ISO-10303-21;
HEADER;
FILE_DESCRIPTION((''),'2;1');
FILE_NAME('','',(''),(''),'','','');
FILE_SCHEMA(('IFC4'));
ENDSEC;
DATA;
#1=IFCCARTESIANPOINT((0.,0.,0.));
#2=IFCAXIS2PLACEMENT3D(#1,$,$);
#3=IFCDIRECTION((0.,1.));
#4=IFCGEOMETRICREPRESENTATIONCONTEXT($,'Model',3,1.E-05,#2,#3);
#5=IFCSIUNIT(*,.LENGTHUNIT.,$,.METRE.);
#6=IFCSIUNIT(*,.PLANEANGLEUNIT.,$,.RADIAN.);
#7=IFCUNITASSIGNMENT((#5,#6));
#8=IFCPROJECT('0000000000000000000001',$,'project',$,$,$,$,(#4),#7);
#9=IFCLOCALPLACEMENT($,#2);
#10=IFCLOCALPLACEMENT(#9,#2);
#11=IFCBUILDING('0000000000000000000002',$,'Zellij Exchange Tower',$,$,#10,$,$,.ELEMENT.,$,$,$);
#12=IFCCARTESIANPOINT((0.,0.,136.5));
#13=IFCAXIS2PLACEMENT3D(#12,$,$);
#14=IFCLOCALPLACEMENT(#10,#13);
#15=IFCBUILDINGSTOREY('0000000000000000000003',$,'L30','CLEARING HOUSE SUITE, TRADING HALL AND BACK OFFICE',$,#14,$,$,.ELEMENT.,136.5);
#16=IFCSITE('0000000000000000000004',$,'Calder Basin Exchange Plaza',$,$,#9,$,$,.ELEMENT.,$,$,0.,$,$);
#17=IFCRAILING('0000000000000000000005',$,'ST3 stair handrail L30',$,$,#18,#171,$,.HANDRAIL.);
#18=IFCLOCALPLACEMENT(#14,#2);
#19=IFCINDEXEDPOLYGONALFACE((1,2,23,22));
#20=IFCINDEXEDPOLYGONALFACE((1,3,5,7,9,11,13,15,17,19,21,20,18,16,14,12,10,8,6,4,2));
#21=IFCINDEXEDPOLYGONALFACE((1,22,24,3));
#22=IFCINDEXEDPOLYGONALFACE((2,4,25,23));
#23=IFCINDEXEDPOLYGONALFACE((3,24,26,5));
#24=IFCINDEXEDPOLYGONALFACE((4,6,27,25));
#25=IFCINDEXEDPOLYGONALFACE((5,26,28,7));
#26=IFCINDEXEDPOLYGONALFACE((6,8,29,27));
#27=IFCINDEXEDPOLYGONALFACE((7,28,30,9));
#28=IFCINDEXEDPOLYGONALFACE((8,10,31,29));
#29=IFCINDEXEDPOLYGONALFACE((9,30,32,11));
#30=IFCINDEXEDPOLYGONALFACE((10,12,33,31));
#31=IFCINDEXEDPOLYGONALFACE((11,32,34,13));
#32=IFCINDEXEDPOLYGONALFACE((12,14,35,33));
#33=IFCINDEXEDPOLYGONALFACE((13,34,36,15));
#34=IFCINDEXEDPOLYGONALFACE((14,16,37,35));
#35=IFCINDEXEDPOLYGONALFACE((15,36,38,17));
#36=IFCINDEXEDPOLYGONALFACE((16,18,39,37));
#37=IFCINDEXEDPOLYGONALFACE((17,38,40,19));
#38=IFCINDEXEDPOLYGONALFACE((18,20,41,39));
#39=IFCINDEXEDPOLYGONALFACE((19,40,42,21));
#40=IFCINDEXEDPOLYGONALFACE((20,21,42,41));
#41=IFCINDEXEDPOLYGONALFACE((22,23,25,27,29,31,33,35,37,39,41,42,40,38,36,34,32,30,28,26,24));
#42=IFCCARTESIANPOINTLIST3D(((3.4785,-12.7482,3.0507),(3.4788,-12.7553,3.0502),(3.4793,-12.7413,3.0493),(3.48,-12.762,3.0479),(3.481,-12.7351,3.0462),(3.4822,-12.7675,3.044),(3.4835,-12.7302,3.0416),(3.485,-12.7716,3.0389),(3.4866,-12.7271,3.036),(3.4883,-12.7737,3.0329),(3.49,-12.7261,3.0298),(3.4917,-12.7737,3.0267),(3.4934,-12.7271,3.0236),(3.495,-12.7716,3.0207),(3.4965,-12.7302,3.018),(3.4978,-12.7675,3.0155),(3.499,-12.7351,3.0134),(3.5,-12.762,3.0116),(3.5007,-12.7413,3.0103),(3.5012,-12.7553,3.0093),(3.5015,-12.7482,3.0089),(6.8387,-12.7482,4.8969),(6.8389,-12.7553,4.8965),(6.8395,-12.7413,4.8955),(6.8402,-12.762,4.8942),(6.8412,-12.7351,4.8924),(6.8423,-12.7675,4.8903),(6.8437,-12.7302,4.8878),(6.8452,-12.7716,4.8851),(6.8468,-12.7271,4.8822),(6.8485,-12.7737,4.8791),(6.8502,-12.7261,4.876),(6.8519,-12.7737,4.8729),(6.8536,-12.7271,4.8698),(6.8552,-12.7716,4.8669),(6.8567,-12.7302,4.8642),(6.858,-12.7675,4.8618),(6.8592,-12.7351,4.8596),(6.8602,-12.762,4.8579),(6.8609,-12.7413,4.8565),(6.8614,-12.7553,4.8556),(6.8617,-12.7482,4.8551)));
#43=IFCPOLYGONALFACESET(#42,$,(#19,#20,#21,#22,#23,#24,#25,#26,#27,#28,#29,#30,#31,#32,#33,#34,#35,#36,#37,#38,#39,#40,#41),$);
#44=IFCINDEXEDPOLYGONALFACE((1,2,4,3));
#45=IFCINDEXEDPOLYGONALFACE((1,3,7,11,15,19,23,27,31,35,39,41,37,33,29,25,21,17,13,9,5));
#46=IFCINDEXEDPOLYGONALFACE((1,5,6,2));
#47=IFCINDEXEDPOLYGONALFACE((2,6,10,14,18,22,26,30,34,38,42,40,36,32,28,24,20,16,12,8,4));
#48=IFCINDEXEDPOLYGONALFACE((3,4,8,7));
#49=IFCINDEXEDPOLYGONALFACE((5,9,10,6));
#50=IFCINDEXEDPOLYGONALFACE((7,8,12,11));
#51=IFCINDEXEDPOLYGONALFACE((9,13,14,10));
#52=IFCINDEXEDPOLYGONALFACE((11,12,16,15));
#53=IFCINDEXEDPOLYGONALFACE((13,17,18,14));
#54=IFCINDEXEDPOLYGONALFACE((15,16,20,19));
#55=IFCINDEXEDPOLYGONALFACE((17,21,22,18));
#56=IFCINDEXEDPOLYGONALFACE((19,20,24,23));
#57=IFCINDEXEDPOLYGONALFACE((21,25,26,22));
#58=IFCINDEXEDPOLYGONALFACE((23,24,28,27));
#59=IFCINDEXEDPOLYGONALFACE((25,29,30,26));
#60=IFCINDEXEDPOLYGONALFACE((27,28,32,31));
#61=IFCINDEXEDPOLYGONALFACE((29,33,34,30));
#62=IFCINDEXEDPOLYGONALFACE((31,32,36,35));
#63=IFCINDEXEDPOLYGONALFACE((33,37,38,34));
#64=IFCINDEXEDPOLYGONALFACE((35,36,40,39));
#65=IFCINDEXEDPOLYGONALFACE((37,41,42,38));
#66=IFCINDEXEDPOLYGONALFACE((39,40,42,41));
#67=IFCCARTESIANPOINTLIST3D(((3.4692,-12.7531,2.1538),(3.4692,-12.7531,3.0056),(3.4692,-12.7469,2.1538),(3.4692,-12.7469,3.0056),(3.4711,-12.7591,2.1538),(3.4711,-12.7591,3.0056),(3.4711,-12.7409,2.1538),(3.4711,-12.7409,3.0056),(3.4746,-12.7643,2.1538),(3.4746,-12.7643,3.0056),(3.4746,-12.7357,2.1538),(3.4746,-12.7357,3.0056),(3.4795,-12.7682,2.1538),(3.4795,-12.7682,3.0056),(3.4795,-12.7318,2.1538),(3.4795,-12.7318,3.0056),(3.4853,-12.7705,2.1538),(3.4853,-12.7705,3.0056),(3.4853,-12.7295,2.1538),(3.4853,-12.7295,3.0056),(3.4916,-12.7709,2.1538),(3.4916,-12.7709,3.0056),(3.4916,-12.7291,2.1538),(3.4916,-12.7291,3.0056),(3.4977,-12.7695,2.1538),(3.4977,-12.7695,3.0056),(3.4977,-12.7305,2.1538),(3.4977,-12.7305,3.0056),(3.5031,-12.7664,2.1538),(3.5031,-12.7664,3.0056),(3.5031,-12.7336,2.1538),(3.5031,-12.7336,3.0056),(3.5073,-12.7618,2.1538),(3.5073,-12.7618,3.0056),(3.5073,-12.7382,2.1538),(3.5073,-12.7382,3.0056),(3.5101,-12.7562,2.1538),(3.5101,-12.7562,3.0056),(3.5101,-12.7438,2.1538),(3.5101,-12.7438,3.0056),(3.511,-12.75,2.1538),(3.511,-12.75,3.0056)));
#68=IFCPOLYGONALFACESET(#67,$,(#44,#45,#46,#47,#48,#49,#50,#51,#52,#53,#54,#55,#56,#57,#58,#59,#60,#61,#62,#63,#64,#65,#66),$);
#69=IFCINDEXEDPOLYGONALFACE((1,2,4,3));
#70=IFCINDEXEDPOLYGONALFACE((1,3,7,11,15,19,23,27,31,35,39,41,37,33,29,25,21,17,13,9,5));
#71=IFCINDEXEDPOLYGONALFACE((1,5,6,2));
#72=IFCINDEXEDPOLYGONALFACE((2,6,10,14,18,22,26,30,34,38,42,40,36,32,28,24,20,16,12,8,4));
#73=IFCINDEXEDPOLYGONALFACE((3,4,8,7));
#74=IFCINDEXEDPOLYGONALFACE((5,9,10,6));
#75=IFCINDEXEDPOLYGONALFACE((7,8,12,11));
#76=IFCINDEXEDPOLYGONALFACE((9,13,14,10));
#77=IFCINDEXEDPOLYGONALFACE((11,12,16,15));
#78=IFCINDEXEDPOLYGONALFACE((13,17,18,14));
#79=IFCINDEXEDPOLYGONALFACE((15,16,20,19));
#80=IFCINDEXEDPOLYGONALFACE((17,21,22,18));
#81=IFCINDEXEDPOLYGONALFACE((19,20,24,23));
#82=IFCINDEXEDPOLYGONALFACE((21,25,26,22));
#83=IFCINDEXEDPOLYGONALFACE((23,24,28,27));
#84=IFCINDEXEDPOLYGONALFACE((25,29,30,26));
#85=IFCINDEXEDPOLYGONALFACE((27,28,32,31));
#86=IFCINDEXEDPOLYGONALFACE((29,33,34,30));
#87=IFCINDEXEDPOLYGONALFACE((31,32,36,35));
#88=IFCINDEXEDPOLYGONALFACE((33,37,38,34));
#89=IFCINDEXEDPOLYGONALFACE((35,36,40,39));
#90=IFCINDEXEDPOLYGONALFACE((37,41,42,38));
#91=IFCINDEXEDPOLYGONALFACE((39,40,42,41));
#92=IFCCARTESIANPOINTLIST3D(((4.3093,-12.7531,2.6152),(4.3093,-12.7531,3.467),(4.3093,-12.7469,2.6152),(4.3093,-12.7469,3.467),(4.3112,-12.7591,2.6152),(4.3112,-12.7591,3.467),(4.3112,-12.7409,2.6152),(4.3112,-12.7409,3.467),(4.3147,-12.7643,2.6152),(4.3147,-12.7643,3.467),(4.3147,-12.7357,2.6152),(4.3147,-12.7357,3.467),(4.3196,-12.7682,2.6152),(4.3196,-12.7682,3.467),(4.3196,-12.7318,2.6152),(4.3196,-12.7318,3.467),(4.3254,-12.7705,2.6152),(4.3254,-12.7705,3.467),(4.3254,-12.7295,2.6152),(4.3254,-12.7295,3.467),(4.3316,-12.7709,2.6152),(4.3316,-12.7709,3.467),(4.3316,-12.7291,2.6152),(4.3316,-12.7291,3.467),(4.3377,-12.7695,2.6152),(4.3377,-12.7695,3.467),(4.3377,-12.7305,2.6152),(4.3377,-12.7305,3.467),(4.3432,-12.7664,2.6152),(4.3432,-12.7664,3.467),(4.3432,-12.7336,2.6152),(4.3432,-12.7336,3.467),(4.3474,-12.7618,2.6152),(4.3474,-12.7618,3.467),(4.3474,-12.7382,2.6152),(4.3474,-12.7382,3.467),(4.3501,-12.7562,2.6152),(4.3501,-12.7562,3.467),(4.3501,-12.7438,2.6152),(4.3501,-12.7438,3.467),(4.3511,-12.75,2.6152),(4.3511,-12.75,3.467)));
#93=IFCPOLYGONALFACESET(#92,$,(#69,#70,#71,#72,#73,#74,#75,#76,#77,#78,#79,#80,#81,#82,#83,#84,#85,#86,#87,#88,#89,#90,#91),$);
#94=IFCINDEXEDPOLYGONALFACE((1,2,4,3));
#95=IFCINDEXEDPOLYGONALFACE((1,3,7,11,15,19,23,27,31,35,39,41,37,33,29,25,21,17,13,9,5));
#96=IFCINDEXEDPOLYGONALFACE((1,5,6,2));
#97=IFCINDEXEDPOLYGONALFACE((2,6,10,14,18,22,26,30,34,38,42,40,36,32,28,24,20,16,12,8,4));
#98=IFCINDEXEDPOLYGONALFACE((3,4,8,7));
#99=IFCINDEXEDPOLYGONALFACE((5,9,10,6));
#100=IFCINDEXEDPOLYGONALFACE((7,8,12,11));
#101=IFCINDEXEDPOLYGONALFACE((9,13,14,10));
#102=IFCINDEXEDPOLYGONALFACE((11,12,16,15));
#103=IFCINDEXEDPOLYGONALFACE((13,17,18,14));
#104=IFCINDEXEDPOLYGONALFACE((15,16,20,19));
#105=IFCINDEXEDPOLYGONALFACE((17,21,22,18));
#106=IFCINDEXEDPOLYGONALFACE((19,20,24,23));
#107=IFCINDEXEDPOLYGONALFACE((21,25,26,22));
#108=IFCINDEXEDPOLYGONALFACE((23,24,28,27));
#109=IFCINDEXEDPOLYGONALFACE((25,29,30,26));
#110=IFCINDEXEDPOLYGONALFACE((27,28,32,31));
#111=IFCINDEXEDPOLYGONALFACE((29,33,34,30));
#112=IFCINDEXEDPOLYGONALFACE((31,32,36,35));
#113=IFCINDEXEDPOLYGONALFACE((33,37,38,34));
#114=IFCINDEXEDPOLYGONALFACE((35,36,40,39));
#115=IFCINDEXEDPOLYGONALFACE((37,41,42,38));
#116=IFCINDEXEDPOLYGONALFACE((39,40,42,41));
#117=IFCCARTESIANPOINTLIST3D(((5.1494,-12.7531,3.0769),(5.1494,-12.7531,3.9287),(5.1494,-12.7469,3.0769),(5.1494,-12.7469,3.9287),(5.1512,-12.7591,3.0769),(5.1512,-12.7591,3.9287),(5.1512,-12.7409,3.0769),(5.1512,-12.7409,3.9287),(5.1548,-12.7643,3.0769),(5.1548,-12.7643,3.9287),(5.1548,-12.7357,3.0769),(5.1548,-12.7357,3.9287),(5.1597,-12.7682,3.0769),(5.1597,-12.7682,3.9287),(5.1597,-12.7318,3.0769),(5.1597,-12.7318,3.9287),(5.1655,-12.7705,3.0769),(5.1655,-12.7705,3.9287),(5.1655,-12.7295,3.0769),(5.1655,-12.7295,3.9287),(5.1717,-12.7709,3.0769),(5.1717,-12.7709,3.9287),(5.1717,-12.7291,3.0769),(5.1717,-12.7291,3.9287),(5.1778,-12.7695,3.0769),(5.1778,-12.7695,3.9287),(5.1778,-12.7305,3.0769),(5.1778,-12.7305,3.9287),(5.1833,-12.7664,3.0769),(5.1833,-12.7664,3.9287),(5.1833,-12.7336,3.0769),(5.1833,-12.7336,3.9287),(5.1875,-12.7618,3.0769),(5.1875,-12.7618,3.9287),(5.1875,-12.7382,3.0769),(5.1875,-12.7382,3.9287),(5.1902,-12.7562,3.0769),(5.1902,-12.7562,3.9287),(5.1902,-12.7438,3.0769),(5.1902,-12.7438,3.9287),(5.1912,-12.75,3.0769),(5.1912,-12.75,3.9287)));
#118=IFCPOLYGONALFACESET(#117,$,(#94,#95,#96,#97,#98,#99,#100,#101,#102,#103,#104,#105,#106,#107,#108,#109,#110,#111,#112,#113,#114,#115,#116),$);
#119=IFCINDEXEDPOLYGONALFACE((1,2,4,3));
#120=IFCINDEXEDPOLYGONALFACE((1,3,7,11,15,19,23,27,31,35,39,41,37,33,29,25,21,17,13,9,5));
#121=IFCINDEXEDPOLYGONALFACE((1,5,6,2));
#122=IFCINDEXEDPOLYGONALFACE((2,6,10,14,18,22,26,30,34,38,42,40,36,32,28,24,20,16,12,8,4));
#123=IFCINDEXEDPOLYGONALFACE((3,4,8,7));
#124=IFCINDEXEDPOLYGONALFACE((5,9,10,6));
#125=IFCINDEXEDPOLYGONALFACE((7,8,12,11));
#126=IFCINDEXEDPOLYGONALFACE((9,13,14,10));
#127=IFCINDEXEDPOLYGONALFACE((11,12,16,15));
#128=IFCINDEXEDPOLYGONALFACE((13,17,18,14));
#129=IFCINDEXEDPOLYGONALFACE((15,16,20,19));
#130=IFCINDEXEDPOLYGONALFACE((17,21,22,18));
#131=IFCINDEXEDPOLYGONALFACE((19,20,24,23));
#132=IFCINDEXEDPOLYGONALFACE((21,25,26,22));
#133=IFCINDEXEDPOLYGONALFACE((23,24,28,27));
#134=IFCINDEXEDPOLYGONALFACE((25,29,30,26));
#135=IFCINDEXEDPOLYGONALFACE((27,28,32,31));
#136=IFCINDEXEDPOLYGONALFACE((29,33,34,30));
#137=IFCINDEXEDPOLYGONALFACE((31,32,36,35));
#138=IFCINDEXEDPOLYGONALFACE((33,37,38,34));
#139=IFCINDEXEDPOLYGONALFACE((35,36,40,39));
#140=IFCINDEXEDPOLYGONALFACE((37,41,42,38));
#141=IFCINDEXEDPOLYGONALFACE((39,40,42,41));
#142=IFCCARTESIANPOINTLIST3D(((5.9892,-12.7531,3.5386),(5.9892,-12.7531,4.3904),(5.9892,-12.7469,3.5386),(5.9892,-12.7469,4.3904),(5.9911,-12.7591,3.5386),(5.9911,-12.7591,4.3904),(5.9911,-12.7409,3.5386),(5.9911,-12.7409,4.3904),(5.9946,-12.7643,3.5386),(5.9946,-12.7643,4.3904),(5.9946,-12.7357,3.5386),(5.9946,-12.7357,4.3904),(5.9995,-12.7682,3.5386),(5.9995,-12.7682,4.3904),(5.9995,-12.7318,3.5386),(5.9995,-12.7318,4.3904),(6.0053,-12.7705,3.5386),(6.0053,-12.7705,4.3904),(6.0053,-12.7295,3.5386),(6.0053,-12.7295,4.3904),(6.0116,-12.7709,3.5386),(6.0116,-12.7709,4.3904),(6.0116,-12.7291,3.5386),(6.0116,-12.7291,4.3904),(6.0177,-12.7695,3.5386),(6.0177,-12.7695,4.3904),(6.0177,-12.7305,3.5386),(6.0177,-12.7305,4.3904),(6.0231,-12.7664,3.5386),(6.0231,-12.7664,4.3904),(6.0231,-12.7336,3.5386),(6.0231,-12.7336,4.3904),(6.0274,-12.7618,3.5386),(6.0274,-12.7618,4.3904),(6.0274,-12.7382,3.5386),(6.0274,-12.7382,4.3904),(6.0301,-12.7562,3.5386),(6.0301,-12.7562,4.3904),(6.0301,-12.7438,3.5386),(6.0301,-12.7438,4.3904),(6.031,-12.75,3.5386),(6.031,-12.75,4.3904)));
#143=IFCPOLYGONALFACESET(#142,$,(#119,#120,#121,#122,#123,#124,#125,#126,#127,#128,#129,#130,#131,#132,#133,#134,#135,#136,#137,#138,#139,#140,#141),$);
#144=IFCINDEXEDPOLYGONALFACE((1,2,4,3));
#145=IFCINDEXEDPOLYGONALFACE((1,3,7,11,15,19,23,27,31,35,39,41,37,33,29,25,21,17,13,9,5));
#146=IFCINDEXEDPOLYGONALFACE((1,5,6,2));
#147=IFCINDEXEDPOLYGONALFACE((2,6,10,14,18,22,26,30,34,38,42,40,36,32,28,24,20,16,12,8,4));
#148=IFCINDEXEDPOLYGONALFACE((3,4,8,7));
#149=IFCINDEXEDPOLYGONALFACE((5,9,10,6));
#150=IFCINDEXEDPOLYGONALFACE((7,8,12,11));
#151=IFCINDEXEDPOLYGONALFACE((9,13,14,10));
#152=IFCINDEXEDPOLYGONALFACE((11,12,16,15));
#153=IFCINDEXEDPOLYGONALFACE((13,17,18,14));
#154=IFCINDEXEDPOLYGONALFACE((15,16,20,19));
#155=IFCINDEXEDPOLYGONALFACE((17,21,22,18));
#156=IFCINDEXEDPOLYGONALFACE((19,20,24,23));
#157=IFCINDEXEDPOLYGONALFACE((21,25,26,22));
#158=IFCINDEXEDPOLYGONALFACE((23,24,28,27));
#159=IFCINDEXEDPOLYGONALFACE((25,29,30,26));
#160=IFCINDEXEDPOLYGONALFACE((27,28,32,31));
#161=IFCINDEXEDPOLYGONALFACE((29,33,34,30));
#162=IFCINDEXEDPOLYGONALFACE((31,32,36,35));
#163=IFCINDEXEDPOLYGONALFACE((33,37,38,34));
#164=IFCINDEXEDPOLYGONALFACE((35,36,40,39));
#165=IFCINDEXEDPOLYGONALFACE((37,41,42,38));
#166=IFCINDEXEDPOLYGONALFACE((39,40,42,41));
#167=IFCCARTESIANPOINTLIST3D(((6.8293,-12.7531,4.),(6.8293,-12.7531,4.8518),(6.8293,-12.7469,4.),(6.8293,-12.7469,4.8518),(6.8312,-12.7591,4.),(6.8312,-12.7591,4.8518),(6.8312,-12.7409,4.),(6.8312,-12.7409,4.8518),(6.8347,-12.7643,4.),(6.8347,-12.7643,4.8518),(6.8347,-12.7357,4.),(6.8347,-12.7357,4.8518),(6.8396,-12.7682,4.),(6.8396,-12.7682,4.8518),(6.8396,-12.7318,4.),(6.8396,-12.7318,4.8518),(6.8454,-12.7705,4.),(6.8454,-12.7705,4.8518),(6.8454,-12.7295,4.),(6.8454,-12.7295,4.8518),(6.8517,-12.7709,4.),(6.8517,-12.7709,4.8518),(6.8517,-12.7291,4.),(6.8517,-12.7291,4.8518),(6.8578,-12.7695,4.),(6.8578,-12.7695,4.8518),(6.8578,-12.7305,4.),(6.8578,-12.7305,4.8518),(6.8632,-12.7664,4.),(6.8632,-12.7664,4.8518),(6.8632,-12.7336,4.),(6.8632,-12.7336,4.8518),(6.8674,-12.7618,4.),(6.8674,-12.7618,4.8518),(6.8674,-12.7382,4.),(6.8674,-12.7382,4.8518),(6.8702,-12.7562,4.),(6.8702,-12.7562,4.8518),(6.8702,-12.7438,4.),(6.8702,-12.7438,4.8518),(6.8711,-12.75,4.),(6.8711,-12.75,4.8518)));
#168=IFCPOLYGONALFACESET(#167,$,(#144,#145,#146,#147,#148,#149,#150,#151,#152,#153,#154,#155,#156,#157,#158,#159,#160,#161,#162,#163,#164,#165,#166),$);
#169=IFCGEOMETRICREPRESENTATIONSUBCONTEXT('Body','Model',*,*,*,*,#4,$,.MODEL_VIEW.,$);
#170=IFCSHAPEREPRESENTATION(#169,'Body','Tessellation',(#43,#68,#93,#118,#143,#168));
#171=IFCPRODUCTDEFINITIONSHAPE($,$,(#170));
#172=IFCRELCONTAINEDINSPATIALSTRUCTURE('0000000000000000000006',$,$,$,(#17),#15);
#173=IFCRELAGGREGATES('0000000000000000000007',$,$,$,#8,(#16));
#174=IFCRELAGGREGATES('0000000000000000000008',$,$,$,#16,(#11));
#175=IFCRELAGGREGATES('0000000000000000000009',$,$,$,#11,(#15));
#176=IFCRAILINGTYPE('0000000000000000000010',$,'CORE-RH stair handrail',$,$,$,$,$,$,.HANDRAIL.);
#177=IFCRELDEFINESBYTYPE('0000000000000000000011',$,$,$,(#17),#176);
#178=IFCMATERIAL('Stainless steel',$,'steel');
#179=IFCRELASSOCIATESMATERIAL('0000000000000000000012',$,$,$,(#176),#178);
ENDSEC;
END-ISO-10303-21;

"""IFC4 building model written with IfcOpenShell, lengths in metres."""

from ifc_helpers import new_model, si_unit, direction, frame, origin, origin_2d, place, context, subcontext, project, spatial, circle, extrude, material, type_object, element, save


model = new_model("IFC4")

# Units and contexts
model_context = context("Model", 3, precision=1e-05, world=origin(), true_north=direction((0.0, 1.0)))
body_context = subcontext(model_context, "Body", "Model", "MODEL_VIEW")
ifc_project = project(units=[si_unit("LENGTHUNIT", "METRE"), si_unit("PLANEANGLEUNIT", "RADIAN")], contexts=[model_context])

# Site, building, storey
site_placement = place(None, origin())
site = spatial("IfcSite", under=ifc_project, at=site_placement, Name="Calder Basin Exchange Plaza", CompositionType="ELEMENT", RefElevation=0.0)
building_placement = place(site_placement, origin())
building = spatial("IfcBuilding", under=site, at=building_placement, Name="Zellij Exchange Tower", CompositionType="ELEMENT")
storey_placement = place(building_placement, frame((0.0, 0.0, 136.5)))
storey = spatial("IfcBuildingStorey", under=building, at=storey_placement, Name="L30", Description="CLEARING HOUSE SUITE, TRADING HALL AND BACK OFFICE", CompositionType="ELEMENT", Elevation=136.5)

# Railing
ifc_material_1 = material(Name="Stainless steel", Category="steel")
railing_type_1 = type_object("IfcRailingType", Name="CORE-RH stair handrail", PredefinedType="HANDRAIL", material=ifc_material_1)
railing_1_placement = place(storey_placement, frame((3.49, -12.75, 2.1538)))
element("IfcRailing", 1, at=railing_1_placement, inside=storey, type_object=railing_type_1, Name="ST3 stair handrail L30", PredefinedType="HANDRAIL", context=body_context, shape_type="SweptSolid", body=[
    extrude(circle(Radius=0.0239, at=origin_2d()), frame((0.0, 0.0, 0.876), z_axis=(0.876422, 0.0, 0.481545), x_axis=(0.0, 1.0, 0.0)), (0.0, 0.0, 1.0), 3.834),
    extrude(circle(Radius=0.021, at=origin_2d()), origin(), (0.0, 0.0, 1.0), 0.8518),
    extrude(circle(Radius=0.021, at=origin_2d()), frame((0.8401, 0.0, 0.4614)), (0.0, 0.0, 1.0), 0.8518),
    extrude(circle(Radius=0.021, at=origin_2d()), frame((1.6802, 0.0, 0.9231)), (0.0, 0.0, 1.0), 0.8518),
    extrude(circle(Radius=0.021, at=origin_2d()), frame((2.52, 0.0, 1.3848)), (0.0, 0.0, 1.0), 0.8518),
    extrude(circle(Radius=0.021, at=origin_2d()), frame((3.3601, 0.0, 1.8462)), (0.0, 0.0, 1.0), 0.8518),
])

save(model, "model.ifc")
